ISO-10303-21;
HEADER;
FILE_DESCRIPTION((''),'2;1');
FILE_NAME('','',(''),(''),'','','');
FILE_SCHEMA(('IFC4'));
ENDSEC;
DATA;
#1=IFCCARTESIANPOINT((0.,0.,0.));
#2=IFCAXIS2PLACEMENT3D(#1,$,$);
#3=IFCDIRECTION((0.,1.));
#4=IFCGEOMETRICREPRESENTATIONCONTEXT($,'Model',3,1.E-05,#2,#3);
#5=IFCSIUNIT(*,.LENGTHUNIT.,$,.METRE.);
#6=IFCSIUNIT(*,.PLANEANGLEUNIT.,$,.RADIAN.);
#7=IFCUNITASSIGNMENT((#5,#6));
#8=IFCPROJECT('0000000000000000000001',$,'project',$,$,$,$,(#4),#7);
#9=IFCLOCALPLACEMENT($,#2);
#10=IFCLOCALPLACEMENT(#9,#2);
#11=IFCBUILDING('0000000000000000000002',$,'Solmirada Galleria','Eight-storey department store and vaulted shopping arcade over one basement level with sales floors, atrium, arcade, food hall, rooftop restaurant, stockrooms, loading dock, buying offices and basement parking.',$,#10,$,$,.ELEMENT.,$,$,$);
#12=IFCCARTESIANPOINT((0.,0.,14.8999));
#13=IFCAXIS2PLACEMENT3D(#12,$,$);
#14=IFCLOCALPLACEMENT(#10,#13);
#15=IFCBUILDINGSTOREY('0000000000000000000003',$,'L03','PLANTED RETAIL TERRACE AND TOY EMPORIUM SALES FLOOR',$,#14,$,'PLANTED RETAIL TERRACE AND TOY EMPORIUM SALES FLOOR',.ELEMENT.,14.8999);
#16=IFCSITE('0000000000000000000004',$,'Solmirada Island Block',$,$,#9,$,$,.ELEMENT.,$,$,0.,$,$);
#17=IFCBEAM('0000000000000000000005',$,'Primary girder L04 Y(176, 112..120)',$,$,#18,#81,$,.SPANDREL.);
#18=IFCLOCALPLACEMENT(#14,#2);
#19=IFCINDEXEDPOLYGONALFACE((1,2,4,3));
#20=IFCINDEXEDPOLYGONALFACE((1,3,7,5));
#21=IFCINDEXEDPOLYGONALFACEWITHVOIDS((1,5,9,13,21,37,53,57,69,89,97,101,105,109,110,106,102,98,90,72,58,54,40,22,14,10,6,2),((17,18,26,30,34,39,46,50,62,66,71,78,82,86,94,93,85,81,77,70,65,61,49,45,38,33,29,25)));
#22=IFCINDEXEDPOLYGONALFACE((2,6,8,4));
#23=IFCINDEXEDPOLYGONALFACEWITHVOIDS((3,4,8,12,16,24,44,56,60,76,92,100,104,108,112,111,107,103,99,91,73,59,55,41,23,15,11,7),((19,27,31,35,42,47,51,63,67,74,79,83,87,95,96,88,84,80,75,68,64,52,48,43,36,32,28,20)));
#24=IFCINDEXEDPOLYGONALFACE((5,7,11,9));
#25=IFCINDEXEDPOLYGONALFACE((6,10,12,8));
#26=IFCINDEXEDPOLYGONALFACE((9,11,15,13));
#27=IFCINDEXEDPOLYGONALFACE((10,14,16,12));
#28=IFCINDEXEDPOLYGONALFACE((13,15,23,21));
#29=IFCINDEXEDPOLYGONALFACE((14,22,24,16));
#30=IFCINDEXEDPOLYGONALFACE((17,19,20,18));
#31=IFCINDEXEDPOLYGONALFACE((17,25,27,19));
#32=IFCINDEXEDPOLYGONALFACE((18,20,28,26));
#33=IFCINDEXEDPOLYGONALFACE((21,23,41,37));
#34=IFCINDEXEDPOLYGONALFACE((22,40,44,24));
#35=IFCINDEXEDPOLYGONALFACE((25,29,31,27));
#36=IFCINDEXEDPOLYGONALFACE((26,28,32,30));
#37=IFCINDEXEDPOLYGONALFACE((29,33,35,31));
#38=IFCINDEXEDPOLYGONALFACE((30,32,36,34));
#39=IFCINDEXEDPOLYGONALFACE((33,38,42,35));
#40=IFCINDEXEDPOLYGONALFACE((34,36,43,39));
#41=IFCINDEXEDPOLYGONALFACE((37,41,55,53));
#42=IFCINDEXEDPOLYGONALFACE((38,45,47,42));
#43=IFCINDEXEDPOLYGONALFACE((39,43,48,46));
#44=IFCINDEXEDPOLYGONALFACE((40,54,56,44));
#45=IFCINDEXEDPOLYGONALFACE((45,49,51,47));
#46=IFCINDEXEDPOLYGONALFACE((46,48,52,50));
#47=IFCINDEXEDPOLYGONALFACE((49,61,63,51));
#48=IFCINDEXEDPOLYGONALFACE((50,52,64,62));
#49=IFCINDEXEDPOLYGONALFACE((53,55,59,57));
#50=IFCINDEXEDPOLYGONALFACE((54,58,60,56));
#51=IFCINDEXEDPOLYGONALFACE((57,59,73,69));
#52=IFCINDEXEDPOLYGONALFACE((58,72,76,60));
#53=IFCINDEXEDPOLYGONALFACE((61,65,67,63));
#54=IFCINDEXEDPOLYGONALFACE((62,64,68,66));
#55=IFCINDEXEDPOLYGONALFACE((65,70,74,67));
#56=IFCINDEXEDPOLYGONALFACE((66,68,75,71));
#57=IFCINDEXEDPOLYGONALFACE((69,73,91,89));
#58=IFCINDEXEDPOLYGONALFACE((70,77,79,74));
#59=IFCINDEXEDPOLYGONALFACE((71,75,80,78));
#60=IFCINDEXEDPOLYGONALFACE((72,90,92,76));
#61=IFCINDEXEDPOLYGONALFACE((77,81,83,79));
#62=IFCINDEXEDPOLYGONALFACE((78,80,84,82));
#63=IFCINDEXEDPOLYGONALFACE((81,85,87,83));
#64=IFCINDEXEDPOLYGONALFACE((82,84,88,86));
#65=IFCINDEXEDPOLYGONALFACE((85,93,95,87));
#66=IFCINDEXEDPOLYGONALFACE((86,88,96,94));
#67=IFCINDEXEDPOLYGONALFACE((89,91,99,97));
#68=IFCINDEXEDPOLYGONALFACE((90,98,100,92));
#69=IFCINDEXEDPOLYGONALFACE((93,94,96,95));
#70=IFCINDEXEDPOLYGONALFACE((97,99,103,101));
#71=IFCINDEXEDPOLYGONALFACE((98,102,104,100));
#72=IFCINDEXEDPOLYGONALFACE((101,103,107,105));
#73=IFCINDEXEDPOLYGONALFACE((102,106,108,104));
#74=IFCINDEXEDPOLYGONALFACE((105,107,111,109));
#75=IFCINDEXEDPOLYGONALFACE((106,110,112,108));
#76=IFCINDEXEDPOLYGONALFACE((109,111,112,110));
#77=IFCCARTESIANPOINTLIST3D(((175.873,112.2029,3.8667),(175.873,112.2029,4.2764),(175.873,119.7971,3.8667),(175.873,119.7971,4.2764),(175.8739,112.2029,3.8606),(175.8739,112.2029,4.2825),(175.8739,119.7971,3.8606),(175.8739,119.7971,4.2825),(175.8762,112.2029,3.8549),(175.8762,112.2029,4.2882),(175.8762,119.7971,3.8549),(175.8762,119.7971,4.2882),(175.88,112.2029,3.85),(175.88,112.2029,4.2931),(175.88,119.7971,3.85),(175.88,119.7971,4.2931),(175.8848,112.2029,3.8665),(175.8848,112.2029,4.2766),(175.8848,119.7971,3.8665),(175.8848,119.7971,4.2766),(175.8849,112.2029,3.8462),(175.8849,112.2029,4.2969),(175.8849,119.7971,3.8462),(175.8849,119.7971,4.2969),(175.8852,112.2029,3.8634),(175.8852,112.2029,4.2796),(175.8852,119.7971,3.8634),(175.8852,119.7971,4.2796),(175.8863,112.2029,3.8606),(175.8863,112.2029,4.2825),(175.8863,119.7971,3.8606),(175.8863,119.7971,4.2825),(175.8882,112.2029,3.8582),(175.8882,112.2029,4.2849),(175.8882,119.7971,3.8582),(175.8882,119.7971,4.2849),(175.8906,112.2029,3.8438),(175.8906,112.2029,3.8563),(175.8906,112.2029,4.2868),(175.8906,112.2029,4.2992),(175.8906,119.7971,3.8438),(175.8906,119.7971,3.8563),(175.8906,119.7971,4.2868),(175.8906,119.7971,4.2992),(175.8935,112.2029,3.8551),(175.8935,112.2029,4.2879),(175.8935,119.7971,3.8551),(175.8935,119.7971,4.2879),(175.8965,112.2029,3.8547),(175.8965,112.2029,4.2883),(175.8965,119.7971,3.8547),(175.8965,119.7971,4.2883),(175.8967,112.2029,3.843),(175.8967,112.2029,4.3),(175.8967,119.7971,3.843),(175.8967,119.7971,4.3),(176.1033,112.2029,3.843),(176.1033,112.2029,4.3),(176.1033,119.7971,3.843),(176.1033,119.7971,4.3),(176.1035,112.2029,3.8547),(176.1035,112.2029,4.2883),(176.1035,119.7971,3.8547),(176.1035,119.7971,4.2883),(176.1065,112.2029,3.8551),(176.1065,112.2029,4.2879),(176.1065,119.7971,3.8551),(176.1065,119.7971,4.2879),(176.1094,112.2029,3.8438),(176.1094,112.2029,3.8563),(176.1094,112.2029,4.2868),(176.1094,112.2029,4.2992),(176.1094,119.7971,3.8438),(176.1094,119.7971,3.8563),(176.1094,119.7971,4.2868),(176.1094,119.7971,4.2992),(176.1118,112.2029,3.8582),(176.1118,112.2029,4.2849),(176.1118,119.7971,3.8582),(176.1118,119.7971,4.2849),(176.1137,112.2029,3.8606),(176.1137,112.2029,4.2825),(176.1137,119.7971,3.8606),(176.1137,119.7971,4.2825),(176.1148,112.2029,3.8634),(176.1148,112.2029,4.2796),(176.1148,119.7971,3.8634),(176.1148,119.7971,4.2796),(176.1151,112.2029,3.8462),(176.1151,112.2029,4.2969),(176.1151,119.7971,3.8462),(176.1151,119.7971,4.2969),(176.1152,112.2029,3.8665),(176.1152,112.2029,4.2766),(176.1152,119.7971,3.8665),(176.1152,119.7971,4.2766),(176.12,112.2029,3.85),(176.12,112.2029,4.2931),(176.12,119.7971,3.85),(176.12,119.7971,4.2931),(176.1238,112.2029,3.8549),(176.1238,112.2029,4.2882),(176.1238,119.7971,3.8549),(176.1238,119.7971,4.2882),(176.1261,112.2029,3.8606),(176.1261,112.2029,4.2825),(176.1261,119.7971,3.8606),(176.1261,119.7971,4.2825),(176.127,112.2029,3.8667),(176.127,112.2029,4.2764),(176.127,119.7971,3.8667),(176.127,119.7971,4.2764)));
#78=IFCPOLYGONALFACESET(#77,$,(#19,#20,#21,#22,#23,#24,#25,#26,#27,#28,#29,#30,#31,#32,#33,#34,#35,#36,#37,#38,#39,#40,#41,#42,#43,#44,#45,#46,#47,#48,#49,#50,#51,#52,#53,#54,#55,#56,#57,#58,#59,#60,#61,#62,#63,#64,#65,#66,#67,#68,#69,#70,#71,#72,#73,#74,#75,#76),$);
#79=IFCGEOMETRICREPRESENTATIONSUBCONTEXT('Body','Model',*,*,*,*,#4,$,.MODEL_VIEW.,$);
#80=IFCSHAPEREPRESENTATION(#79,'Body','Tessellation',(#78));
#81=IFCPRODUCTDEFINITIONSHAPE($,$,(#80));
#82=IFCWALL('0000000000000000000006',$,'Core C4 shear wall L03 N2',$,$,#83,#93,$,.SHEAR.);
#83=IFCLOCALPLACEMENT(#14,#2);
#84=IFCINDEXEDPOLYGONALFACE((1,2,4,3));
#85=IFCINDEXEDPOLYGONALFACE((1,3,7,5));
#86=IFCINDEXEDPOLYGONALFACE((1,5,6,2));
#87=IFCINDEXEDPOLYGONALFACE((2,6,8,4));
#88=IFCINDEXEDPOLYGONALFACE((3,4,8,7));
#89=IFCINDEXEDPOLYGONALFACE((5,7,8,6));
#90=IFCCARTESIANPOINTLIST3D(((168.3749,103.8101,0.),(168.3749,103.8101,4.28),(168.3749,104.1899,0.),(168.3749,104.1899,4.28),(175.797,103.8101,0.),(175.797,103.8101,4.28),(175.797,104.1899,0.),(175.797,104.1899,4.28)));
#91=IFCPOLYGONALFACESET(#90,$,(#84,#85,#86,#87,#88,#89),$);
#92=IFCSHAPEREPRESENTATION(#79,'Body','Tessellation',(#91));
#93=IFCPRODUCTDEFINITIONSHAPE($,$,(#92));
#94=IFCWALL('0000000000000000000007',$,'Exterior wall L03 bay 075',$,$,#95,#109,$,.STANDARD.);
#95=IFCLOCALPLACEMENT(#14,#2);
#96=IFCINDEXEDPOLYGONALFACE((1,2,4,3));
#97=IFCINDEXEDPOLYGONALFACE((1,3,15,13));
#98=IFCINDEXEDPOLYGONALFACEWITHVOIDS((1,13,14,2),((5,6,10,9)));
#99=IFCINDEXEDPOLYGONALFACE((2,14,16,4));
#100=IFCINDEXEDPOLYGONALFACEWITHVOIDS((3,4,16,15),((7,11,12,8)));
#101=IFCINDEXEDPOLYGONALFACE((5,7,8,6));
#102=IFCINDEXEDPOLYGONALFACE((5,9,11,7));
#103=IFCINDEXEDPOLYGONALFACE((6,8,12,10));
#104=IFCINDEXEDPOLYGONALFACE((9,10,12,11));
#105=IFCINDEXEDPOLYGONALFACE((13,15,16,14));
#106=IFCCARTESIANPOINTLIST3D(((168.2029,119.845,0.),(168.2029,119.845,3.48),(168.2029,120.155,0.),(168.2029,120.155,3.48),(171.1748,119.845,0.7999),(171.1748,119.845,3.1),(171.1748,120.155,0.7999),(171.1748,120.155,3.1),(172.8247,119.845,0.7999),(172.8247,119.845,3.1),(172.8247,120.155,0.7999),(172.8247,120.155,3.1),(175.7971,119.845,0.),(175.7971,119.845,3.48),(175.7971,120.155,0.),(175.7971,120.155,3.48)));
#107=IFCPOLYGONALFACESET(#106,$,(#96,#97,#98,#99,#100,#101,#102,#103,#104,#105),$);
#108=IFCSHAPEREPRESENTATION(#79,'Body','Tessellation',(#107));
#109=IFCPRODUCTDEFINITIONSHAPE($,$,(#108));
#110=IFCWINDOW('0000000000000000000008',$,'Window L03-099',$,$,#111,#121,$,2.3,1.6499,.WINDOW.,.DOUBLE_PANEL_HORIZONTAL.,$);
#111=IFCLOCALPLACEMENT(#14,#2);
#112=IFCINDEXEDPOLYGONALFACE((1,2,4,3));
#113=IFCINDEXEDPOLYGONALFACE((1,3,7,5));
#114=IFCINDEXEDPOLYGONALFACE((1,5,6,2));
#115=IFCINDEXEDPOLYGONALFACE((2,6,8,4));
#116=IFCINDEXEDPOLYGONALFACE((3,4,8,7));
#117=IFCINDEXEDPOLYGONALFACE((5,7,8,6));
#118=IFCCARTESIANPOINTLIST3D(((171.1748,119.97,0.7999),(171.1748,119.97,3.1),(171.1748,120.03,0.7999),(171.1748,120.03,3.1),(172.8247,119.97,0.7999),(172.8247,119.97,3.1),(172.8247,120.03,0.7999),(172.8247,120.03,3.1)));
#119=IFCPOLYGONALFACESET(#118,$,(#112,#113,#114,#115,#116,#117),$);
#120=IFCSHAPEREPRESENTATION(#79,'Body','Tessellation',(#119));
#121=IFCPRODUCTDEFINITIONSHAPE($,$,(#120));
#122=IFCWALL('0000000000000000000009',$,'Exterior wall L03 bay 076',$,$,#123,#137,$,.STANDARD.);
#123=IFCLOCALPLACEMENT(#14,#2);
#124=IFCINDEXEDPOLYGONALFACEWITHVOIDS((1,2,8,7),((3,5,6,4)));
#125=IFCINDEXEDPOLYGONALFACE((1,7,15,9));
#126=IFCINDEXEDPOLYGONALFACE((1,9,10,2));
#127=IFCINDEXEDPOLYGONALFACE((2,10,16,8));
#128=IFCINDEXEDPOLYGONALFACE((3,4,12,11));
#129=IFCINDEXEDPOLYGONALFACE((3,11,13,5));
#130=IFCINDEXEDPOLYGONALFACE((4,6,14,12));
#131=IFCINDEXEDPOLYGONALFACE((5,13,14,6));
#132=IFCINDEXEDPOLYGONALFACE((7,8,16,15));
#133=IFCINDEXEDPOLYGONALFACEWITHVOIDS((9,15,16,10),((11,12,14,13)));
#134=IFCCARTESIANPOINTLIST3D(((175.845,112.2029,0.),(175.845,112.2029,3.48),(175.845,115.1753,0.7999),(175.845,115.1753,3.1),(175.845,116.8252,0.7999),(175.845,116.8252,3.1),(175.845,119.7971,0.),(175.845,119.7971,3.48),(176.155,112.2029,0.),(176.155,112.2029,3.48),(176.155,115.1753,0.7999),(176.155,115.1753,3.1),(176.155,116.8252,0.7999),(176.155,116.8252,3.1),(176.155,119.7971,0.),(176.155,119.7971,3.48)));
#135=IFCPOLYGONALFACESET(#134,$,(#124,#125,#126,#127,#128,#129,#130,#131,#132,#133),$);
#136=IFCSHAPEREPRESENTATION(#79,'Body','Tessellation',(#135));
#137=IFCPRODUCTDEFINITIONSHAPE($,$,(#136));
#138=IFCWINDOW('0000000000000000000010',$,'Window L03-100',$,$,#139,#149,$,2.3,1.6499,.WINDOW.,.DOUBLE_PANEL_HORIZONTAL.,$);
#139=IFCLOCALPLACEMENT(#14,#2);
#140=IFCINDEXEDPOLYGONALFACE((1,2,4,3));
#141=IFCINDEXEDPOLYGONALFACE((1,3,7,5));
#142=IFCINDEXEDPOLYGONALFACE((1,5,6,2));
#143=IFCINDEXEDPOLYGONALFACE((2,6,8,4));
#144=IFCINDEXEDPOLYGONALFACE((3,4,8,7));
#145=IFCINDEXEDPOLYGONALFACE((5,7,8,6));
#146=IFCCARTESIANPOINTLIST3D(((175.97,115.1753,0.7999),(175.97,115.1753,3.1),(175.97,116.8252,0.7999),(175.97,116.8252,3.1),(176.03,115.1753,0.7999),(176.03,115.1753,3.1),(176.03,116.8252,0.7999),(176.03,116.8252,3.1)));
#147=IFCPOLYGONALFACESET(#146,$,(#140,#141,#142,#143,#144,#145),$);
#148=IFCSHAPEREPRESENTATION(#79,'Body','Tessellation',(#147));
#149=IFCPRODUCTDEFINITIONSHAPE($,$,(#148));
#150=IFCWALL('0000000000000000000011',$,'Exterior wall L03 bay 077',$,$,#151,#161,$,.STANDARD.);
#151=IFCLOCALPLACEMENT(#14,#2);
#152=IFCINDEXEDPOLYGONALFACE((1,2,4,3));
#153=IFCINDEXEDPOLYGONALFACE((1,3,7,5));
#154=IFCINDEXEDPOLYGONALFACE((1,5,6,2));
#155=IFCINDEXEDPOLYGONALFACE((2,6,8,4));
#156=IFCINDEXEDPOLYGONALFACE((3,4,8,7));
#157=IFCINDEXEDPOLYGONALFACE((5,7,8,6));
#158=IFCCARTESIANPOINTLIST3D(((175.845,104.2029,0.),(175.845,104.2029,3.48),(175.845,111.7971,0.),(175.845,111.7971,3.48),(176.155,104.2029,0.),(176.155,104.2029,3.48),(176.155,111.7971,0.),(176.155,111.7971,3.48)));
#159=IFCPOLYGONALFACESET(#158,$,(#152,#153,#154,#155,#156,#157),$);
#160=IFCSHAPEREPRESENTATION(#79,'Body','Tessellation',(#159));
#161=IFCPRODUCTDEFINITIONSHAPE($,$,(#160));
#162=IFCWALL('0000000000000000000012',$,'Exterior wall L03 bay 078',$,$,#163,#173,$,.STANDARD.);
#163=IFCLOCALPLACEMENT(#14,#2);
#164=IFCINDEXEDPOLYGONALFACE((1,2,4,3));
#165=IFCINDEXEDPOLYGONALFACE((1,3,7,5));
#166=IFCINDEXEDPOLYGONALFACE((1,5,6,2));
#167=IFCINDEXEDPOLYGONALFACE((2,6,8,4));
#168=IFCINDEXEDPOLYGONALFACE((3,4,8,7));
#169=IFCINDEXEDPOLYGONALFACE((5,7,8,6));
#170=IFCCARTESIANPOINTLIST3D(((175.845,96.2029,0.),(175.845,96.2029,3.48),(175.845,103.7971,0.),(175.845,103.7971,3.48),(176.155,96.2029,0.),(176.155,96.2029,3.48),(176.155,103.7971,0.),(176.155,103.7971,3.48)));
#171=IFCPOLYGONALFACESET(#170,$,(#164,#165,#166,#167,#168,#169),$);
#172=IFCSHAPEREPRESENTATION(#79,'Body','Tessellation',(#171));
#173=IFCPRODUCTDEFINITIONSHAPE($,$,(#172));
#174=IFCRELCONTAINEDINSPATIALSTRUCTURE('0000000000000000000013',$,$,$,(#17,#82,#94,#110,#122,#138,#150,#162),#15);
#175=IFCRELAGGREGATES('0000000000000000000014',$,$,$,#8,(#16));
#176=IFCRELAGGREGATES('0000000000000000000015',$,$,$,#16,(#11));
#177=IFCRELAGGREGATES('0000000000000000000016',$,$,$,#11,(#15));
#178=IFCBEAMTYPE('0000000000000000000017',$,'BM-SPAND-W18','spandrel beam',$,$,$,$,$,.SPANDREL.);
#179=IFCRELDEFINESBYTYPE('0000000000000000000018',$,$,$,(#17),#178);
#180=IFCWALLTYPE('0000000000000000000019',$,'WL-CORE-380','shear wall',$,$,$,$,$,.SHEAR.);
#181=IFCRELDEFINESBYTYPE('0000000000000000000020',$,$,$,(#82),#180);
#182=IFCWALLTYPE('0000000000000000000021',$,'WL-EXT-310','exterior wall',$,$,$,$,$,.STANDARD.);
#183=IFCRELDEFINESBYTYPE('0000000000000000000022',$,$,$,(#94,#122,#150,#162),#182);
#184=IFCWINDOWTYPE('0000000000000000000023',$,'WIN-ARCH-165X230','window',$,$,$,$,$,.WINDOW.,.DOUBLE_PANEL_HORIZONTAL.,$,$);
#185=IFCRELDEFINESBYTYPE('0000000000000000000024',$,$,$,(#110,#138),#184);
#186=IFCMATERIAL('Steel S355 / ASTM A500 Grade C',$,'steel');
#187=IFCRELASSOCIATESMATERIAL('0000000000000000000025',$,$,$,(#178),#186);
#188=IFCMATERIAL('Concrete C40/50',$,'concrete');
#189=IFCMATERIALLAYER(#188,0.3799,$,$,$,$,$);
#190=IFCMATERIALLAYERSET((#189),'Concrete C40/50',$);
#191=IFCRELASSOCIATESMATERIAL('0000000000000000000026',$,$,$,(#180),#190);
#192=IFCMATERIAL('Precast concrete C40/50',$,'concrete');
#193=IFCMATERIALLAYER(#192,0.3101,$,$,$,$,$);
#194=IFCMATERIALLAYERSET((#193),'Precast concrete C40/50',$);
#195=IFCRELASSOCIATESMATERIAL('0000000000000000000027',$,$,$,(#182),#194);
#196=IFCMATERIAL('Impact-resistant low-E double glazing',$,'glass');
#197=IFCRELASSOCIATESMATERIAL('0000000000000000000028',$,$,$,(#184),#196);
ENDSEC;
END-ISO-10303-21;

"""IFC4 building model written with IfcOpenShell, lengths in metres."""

from ifc_helpers import new_model, si_unit, direction, frame, frame_2d, origin, origin_2d, place, context, subcontext, project, spatial, rectangle, hollow_rectangle, extrude, material, layer, layer_set, material_profile, profile_set, type_object, element, fill, save


model = new_model("IFC4")

# Units and contexts
model_context = context("Model", 3, precision=1e-05, world=origin(), true_north=direction((0.0, 1.0)))
body_context = subcontext(model_context, "Body", "Model", "MODEL_VIEW")
ifc_project = project(units=[si_unit("LENGTHUNIT", "METRE"), si_unit("PLANEANGLEUNIT", "RADIAN")], contexts=[model_context])

# Site, building, storey
site_placement = place(None, origin())
site = spatial("IfcSite", under=ifc_project, at=site_placement, Name="Solmirada Island Block", CompositionType="ELEMENT", RefElevation=0.0)
building_placement = place(site_placement, origin())
building = spatial("IfcBuilding", under=site, at=building_placement, Name="Solmirada Galleria", Description="Eight-storey department store and vaulted shopping arcade over one basement level with sales floors, atrium, arcade, food hall, rooftop restaurant, stockrooms, loading dock, buying offices and basement parking.", CompositionType="ELEMENT")
storey_placement = place(building_placement, frame((0.0, 0.0, 14.8999)))
storey = spatial("IfcBuildingStorey", under=building, at=storey_placement, Name="L03", Description="PLANTED RETAIL TERRACE AND TOY EMPORIUM SALES FLOOR", LongName="PLANTED RETAIL TERRACE AND TOY EMPORIUM SALES FLOOR", CompositionType="ELEMENT", Elevation=14.8999)

# Shared definitions
ifc_material_1 = material(Name="Steel S355 / ASTM A500 Grade C", Category="steel")

# Beam
ifc_material_profile_1 = material_profile(ifc_material_1, hollow_rectangle(XDim=0.2539, YDim=0.457, WallThickness=0.0117, InnerFilletRadius=0.0117, OuterFilletRadius=0.0237, at=origin_2d()), Name="HSS18X10X1/2")
ifc_profile_set_1 = profile_set([ifc_material_profile_1], Name="Steel S355 / ASTM A500 Grade C")
beam_type_1 = type_object("IfcBeamType", Name="BM-SPAND-W18", Description="spandrel beam", PredefinedType="SPANDREL", material=ifc_profile_set_1)
for number, where, z_axis, x_axis, name in (
    (1, (176.0, 112.2029, 4.0715), (0.0, 1.0, 0.0), (-1.0, 0.0, 0.0), "Primary girder L04 Y(176, 112..120)"),
):
    element("IfcBeam", number, at=place(storey_placement, frame(where, z_axis=z_axis, x_axis=x_axis)), inside=storey, type_object=beam_type_1, Name=name, PredefinedType="SPANDREL", context=body_context, shape_type="SweptSolid", body=[
        extrude(hollow_rectangle(XDim=0.2539, YDim=0.457, WallThickness=0.0117, InnerFilletRadius=0.0117, OuterFilletRadius=0.0237, at=origin_2d()), origin(), (0.0, 0.0, 1.0), 7.5942),
    ])

# Wall
ifc_material_2 = material(Name="Concrete C40/50", Category="concrete")
ifc_layer_1 = layer(ifc_material_2, 0.3799)
ifc_layer_set_1 = layer_set([ifc_layer_1], Name="Concrete C40/50")
wall_type_1 = type_object("IfcWallType", Name="WL-CORE-380", Description="shear wall", PredefinedType="SHEAR", material=ifc_layer_set_1)
wall_1_placement = place(storey_placement, frame((168.375, 104.0, 0.0), z_axis=(0.0, 0.0, 1.0), x_axis=(1.0, 0.0, 0.0)))
element("IfcWall", 2, at=wall_1_placement, inside=storey, type_object=wall_type_1, Name="Core C4 shear wall L03 N2", PredefinedType="SHEAR", context=body_context, shape_type="SweptSolid", body=[
    extrude(rectangle(XDim=7.4221, YDim=0.3799, at=frame_2d((3.7109, 0.0))), origin(), (0.0, 0.0, 1.0), 4.28),
])

# Walls, openings, windows
ifc_material_3 = material(Name="Precast concrete C40/50", Category="concrete")
ifc_layer_2 = layer(ifc_material_3, 0.3101)
ifc_layer_set_2 = layer_set([ifc_layer_2], Name="Precast concrete C40/50")
wall_type_2 = type_object("IfcWallType", Name="WL-EXT-310", Description="exterior wall", PredefinedType="STANDARD", material=ifc_layer_set_2)
wall_2_placement = place(storey_placement, frame((168.2029, 120.0, 0.0), z_axis=(0.0, 0.0, 1.0), x_axis=(1.0, 0.0, 0.0)))
wall_2 = element("IfcWall", 3, at=wall_2_placement, inside=storey, type_object=wall_type_2, Name="Exterior wall L03 bay 075", PredefinedType="STANDARD", context=body_context, shape_type="SweptSolid", body=[
    extrude(rectangle(XDim=7.5942, YDim=0.3101, at=frame_2d((3.7971, 0.0))), origin(), (0.0, 0.0, 1.0), 3.48),
])
opening_1_placement = place(wall_2_placement, frame((2.9719, 0.0, 0.8)))
opening_1 = element("IfcOpeningElement", 4, at=opening_1_placement, cuts=wall_2, PredefinedType="OPENING", context=body_context, shape_type="SweptSolid", body=[
    extrude(rectangle(XDim=1.6499, YDim=2.3, at=frame_2d((0.825, 1.1499))), frame((0.0, 0.165, 0.0), z_axis=(0.0, -1.0, 0.0), x_axis=(1.0, 0.0, 0.0)), (0.0, 0.0, 1.0), 0.3301),
])
ifc_material_4 = material(Name="Impact-resistant low-E double glazing", Category="glass")
window_type = type_object("IfcWindowType", Name="WIN-ARCH-165X230", Description="window", PartitioningType="DOUBLE_PANEL_HORIZONTAL", PredefinedType="WINDOW", material=ifc_material_4)
window_1_placement = place(opening_1_placement, origin())
window_1 = element("IfcWindow", 5, at=window_1_placement, inside=storey, type_object=window_type, Name="Window L03-099", OverallHeight=2.3, OverallWidth=1.6499, PartitioningType="DOUBLE_PANEL_HORIZONTAL", PredefinedType="WINDOW", context=body_context, shape_type="SweptSolid", body=[
    extrude(rectangle(XDim=1.6499, YDim=2.3, at=frame_2d((0.825, 1.1499))), frame((0.0, 0.03, 0.0), z_axis=(0.0, -1.0, 0.0), x_axis=(1.0, 0.0, 0.0)), (0.0, 0.0, 1.0), 0.0601),
])
fill(opening_1, window_1)
wall_3_placement = place(storey_placement, frame((176.0, 119.7971, 0.0), z_axis=(0.0, 0.0, 1.0), x_axis=(0.0, -1.0, 0.0)))
wall_3 = element("IfcWall", 6, at=wall_3_placement, inside=storey, type_object=wall_type_2, Name="Exterior wall L03 bay 076", PredefinedType="STANDARD", context=body_context, shape_type="SweptSolid", body=[
    extrude(rectangle(XDim=7.5942, YDim=0.3101, at=frame_2d((3.7971, 0.0))), origin(), (0.0, 0.0, 1.0), 3.48),
])
opening_2_placement = place(wall_3_placement, frame((2.9719, 0.0, 0.8)))
opening_2 = element("IfcOpeningElement", 7, at=opening_2_placement, cuts=wall_3, PredefinedType="OPENING", context=body_context, shape_type="SweptSolid", body=[
    extrude(rectangle(XDim=1.6499, YDim=2.3, at=frame_2d((0.825, 1.1499))), frame((0.0, 0.165, 0.0), z_axis=(0.0, -1.0, 0.0), x_axis=(1.0, 0.0, 0.0)), (0.0, 0.0, 1.0), 0.3301),
])
window_2_placement = place(opening_2_placement, origin())
window_2 = element("IfcWindow", 8, at=window_2_placement, inside=storey, type_object=window_type, Name="Window L03-100", OverallHeight=2.3, OverallWidth=1.6499, PartitioningType="DOUBLE_PANEL_HORIZONTAL", PredefinedType="WINDOW", context=body_context, shape_type="SweptSolid", body=[
    extrude(rectangle(XDim=1.6499, YDim=2.3, at=frame_2d((0.825, 1.1499))), frame((0.0, 0.03, 0.0), z_axis=(0.0, -1.0, 0.0), x_axis=(1.0, 0.0, 0.0)), (0.0, 0.0, 1.0), 0.0601),
])
fill(opening_2, window_2)

# Walls
for number, where, z_axis, x_axis, name in (
    (9, (176.0, 111.7971, 0.0), (0.0, 0.0, 1.0), (0.0, -1.0, 0.0), "Exterior wall L03 bay 077"),
    (10, (176.0, 103.7971, 0.0), (0.0, 0.0, 1.0), (0.0, -1.0, 0.0), "Exterior wall L03 bay 078"),
):
    element("IfcWall", number, at=place(storey_placement, frame(where, z_axis=z_axis, x_axis=x_axis)), inside=storey, type_object=wall_type_2, Name=name, PredefinedType="STANDARD", context=body_context, shape_type="SweptSolid", body=[
        extrude(rectangle(XDim=7.5942, YDim=0.3101, at=frame_2d((3.7971, 0.0))), origin(), (0.0, 0.0, 1.0), 3.48),
    ])

save(model, "model.ifc")
